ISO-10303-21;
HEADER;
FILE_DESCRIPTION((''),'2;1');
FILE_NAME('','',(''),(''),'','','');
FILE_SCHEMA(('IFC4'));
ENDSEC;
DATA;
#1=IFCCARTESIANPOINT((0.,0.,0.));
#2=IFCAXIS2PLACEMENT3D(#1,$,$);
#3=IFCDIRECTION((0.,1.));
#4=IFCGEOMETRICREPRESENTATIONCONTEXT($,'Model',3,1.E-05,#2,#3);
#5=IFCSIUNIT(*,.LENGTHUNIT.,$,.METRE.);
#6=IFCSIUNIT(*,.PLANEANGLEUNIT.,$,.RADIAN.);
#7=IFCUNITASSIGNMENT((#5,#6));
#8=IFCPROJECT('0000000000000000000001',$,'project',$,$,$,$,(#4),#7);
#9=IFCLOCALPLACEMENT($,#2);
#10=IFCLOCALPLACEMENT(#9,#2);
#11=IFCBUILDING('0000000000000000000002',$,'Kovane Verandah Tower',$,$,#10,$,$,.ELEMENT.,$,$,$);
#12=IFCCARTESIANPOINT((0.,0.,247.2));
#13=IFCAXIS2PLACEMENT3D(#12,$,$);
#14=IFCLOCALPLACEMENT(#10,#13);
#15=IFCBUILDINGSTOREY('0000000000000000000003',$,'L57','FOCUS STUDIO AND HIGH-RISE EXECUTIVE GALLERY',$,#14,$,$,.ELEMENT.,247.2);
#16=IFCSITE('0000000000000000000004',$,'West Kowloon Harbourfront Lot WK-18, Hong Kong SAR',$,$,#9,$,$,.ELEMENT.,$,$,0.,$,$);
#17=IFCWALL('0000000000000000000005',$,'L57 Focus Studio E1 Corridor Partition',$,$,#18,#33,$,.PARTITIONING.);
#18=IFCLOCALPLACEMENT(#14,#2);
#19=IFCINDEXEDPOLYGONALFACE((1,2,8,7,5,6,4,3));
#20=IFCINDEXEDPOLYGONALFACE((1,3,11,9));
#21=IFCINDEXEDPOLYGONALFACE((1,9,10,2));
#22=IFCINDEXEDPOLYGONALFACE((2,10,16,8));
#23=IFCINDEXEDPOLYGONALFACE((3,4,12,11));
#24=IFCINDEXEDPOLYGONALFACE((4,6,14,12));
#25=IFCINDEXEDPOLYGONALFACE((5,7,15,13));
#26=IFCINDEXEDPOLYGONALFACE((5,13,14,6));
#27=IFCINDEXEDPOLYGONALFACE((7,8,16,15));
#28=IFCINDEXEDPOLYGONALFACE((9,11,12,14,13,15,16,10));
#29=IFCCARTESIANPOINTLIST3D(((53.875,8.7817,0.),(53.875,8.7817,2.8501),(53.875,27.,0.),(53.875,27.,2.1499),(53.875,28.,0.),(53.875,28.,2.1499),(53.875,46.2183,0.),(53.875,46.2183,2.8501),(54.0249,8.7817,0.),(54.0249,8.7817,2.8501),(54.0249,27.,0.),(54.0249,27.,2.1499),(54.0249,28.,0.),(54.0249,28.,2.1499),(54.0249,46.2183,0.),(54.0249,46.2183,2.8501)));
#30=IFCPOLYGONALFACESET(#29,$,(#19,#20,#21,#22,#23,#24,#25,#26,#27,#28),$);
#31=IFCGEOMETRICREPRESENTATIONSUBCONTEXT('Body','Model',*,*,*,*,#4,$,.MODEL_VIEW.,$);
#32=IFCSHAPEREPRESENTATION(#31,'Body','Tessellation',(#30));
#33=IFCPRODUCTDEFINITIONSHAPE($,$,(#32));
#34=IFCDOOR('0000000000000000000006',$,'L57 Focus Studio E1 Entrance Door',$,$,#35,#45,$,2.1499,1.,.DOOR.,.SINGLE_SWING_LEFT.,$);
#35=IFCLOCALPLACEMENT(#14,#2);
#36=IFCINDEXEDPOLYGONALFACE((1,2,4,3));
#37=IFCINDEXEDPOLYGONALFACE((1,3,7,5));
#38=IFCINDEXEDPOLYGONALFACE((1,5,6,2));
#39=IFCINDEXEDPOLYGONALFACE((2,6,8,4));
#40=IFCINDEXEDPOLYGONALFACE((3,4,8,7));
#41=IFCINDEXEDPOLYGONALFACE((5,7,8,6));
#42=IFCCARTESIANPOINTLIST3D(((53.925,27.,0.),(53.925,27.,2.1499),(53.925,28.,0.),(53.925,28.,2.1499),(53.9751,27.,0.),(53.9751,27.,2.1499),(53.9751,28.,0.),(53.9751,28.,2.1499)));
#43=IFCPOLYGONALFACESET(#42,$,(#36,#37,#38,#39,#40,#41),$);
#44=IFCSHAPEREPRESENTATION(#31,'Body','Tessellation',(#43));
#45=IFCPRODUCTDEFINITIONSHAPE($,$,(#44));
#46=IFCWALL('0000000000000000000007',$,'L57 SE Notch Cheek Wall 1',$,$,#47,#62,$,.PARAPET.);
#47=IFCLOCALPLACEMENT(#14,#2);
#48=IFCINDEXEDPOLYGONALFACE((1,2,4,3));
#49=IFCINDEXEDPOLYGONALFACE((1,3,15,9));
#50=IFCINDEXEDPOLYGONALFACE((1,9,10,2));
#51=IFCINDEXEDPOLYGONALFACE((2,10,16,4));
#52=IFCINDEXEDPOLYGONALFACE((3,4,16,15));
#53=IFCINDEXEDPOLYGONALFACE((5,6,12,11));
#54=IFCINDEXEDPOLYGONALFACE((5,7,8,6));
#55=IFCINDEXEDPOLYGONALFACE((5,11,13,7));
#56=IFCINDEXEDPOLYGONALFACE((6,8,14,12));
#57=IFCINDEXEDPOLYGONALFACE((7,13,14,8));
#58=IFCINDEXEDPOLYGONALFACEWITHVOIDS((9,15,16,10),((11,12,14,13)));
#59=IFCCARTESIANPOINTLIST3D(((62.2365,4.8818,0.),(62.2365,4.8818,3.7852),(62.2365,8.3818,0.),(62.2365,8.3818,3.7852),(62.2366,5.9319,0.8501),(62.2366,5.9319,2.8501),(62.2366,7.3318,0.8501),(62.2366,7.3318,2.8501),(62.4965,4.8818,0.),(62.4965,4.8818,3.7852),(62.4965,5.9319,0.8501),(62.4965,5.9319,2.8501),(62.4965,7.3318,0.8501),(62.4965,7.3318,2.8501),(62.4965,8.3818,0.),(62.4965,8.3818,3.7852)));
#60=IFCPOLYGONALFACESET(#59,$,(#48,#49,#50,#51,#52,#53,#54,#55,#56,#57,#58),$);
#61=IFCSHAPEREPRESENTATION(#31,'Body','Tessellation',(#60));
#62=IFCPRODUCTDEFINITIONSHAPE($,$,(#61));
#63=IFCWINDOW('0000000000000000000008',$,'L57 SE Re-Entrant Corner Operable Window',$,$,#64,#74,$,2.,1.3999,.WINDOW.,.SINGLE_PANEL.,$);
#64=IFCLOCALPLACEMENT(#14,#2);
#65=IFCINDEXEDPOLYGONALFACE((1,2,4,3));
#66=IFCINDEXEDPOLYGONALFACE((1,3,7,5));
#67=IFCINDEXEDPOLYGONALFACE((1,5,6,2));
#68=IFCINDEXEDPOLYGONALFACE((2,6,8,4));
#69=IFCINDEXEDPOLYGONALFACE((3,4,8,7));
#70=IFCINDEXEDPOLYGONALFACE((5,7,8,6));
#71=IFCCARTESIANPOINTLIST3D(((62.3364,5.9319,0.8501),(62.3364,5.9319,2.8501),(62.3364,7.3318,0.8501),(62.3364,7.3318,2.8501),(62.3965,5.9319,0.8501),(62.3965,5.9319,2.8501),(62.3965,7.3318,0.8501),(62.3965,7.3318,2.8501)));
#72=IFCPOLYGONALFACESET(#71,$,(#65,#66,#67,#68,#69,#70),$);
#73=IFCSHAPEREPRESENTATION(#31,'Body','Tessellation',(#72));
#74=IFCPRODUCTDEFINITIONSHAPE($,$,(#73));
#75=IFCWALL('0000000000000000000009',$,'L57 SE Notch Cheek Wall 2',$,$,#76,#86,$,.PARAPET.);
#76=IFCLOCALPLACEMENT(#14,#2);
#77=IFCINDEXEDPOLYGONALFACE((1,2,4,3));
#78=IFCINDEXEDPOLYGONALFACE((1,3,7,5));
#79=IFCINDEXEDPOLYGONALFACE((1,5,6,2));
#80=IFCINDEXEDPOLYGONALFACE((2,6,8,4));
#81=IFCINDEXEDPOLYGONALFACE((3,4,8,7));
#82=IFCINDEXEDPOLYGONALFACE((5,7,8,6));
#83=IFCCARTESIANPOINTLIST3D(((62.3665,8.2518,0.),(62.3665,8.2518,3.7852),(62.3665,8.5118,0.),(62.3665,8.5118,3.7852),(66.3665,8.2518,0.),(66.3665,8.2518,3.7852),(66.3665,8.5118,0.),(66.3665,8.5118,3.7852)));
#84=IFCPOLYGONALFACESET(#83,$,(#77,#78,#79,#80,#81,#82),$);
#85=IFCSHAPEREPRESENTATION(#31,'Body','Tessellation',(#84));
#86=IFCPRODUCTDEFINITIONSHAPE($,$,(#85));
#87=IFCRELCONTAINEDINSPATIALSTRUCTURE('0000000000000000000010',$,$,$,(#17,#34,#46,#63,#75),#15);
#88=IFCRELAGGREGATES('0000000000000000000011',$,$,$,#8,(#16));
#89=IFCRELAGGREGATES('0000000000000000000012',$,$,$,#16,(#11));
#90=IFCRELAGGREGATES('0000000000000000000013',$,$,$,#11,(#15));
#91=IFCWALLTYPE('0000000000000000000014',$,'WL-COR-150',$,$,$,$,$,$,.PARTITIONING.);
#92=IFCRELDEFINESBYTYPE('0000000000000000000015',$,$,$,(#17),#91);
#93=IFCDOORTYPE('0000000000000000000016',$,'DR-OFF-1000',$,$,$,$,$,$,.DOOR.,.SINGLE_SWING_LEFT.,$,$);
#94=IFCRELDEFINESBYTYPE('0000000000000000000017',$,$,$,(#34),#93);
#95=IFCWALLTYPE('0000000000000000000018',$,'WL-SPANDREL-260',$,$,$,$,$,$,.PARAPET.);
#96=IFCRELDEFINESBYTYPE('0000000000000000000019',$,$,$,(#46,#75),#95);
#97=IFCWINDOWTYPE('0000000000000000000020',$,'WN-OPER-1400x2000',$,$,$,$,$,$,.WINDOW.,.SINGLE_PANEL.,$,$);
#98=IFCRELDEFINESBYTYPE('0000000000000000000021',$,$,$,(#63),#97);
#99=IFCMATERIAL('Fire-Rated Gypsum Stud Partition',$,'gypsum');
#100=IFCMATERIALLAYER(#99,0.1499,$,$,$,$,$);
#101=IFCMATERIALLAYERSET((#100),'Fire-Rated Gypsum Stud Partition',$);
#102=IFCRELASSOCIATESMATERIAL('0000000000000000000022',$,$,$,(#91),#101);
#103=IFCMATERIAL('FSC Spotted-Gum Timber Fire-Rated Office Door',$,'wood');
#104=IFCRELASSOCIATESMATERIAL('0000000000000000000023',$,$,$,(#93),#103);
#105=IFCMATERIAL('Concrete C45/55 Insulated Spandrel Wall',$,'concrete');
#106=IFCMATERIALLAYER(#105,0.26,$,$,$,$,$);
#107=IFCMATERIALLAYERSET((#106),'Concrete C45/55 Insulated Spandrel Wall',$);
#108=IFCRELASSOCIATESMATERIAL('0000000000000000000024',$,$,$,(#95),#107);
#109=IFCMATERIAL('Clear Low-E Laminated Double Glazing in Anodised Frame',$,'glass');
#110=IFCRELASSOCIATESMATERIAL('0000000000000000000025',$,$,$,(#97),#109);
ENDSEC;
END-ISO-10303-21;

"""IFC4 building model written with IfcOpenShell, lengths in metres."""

from ifc_helpers import new_model, si_unit, direction, frame, frame_2d, origin, place, context, subcontext, project, spatial, rectangle, extrude, material, layer, layer_set, type_object, element, fill, save


model = new_model("IFC4")

# Units and contexts
model_context = context("Model", 3, precision=1e-05, world=origin(), true_north=direction((0.0, 1.0)))
body_context = subcontext(model_context, "Body", "Model", "MODEL_VIEW")
ifc_project = project(units=[si_unit("LENGTHUNIT", "METRE"), si_unit("PLANEANGLEUNIT", "RADIAN")], contexts=[model_context])

# Site, building, storey
site_placement = place(None, origin())
site = spatial("IfcSite", under=ifc_project, at=site_placement, Name="West Kowloon Harbourfront Lot WK-18, Hong Kong SAR", CompositionType="ELEMENT", RefElevation=0.0)
building_placement = place(site_placement, origin())
building = spatial("IfcBuilding", under=site, at=building_placement, Name="Kovane Verandah Tower", CompositionType="ELEMENT")
storey_placement = place(building_placement, frame((0.0, 0.0, 247.2)))
storey = spatial("IfcBuildingStorey", under=building, at=storey_placement, Name="L57", Description="FOCUS STUDIO AND HIGH-RISE EXECUTIVE GALLERY", CompositionType="ELEMENT", Elevation=247.2)

# Wall, opening, door
ifc_material_1 = material(Name="Fire-Rated Gypsum Stud Partition", Category="gypsum")
ifc_layer_1 = layer(ifc_material_1, 0.1499)
ifc_layer_set_1 = layer_set([ifc_layer_1], Name="Fire-Rated Gypsum Stud Partition")
wall_type_1 = type_object("IfcWallType", Name="WL-COR-150", PredefinedType="PARTITIONING", material=ifc_layer_set_1)
wall_1_placement = place(storey_placement, frame((53.95, 8.7817, 0.0), z_axis=(0.0, 0.0, 1.0), x_axis=(0.0, 1.0, 0.0)))
wall_1 = element("IfcWall", 1, at=wall_1_placement, inside=storey, type_object=wall_type_1, Name="L57 Focus Studio E1 Corridor Partition", PredefinedType="PARTITIONING", context=body_context, shape_type="SweptSolid", body=[
    extrude(rectangle(XDim=37.4365, YDim=0.1499, at=frame_2d((18.7183, 0.0))), origin(), (0.0, 0.0, 1.0), 2.8501),
])
opening_1_placement = place(wall_1_placement, frame((18.2183, 0.0, 0.0)))
opening_1 = element("IfcOpeningElement", 2, at=opening_1_placement, cuts=wall_1, PredefinedType="OPENING", context=body_context, shape_type="SweptSolid", body=[
    extrude(rectangle(XDim=1.0, YDim=2.1499, at=frame_2d((0.5, 1.075))), frame((0.0, 0.075, 0.0), z_axis=(0.0, -1.0, 0.0), x_axis=(1.0, 0.0, 0.0)), (0.0, 0.0, 1.0), 0.1499),
])
ifc_material_2 = material(Name="FSC Spotted-Gum Timber Fire-Rated Office Door", Category="wood")
door_type = type_object("IfcDoorType", Name="DR-OFF-1000", OperationType="SINGLE_SWING_LEFT", PredefinedType="DOOR", material=ifc_material_2)
door_placement = place(opening_1_placement, origin())
door = element("IfcDoor", 3, at=door_placement, inside=storey, type_object=door_type, Name="L57 Focus Studio E1 Entrance Door", OperationType="SINGLE_SWING_LEFT", OverallHeight=2.1499, OverallWidth=1.0, PredefinedType="DOOR", context=body_context, shape_type="SweptSolid", body=[
    extrude(rectangle(XDim=1.0, YDim=2.1499, at=frame_2d((0.5, 1.075))), frame((0.0, 0.0249, 0.0), z_axis=(0.0, -1.0, 0.0), x_axis=(1.0, 0.0, 0.0)), (0.0, 0.0, 1.0), 0.05),
])
fill(opening_1, door)

# Wall, opening, window
ifc_material_3 = material(Name="Concrete C45/55 Insulated Spandrel Wall", Category="concrete")
ifc_layer_2 = layer(ifc_material_3, 0.26)
ifc_layer_set_2 = layer_set([ifc_layer_2], Name="Concrete C45/55 Insulated Spandrel Wall")
wall_type_2 = type_object("IfcWallType", Name="WL-SPANDREL-260", PredefinedType="PARAPET", material=ifc_layer_set_2)
wall_2_placement = place(storey_placement, frame((62.3665, 4.8818, 0.0), z_axis=(0.0, 0.0, 1.0), x_axis=(0.0, 1.0, 0.0)))
wall_2 = element("IfcWall", 4, at=wall_2_placement, inside=storey, type_object=wall_type_2, Name="L57 SE Notch Cheek Wall 1", PredefinedType="PARAPET", context=body_context, shape_type="SweptSolid", body=[
    extrude(rectangle(XDim=3.5, YDim=0.26, at=frame_2d((1.75, 0.0))), origin(), (0.0, 0.0, 1.0), 3.7852),
])
opening_2_placement = place(wall_2_placement, frame((1.05, 0.0, 0.8501)))
opening_2 = element("IfcOpeningElement", 5, at=opening_2_placement, cuts=wall_2, PredefinedType="OPENING", context=body_context, shape_type="SweptSolid", body=[
    extrude(rectangle(XDim=1.3999, YDim=2.0, at=frame_2d((0.7, 1.0))), frame((0.0, 0.1299, 0.0), z_axis=(0.0, -1.0, 0.0), x_axis=(1.0, 0.0, 0.0)), (0.0, 0.0, 1.0), 0.26),
])
ifc_material_4 = material(Name="Clear Low-E Laminated Double Glazing in Anodised Frame", Category="glass")
window_type = type_object("IfcWindowType", Name="WN-OPER-1400x2000", PartitioningType="SINGLE_PANEL", PredefinedType="WINDOW", material=ifc_material_4)
window_placement = place(opening_2_placement, origin())
window = element("IfcWindow", 6, at=window_placement, inside=storey, type_object=window_type, Name="L57 SE Re-Entrant Corner Operable Window", OverallHeight=2.0, OverallWidth=1.3999, PartitioningType="SINGLE_PANEL", PredefinedType="WINDOW", context=body_context, shape_type="SweptSolid", body=[
    extrude(rectangle(XDim=1.3999, YDim=2.0, at=frame_2d((0.7, 1.0))), frame((0.0, 0.03, 0.0), z_axis=(0.0, -1.0, 0.0), x_axis=(1.0, 0.0, 0.0)), (0.0, 0.0, 1.0), 0.0601),
])
fill(opening_2, window)

# Wall
wall_3_placement = place(storey_placement, frame((62.3665, 8.3818, 0.0), z_axis=(0.0, 0.0, 1.0), x_axis=(1.0, 0.0, 0.0)))
element("IfcWall", 7, at=wall_3_placement, inside=storey, type_object=wall_type_2, Name="L57 SE Notch Cheek Wall 2", PredefinedType="PARAPET", context=body_context, shape_type="SweptSolid", body=[
    extrude(rectangle(XDim=4.0, YDim=0.26, at=frame_2d((2.0, 0.0))), origin(), (0.0, 0.0, 1.0), 3.7852),
])

save(model, "model.ifc")
